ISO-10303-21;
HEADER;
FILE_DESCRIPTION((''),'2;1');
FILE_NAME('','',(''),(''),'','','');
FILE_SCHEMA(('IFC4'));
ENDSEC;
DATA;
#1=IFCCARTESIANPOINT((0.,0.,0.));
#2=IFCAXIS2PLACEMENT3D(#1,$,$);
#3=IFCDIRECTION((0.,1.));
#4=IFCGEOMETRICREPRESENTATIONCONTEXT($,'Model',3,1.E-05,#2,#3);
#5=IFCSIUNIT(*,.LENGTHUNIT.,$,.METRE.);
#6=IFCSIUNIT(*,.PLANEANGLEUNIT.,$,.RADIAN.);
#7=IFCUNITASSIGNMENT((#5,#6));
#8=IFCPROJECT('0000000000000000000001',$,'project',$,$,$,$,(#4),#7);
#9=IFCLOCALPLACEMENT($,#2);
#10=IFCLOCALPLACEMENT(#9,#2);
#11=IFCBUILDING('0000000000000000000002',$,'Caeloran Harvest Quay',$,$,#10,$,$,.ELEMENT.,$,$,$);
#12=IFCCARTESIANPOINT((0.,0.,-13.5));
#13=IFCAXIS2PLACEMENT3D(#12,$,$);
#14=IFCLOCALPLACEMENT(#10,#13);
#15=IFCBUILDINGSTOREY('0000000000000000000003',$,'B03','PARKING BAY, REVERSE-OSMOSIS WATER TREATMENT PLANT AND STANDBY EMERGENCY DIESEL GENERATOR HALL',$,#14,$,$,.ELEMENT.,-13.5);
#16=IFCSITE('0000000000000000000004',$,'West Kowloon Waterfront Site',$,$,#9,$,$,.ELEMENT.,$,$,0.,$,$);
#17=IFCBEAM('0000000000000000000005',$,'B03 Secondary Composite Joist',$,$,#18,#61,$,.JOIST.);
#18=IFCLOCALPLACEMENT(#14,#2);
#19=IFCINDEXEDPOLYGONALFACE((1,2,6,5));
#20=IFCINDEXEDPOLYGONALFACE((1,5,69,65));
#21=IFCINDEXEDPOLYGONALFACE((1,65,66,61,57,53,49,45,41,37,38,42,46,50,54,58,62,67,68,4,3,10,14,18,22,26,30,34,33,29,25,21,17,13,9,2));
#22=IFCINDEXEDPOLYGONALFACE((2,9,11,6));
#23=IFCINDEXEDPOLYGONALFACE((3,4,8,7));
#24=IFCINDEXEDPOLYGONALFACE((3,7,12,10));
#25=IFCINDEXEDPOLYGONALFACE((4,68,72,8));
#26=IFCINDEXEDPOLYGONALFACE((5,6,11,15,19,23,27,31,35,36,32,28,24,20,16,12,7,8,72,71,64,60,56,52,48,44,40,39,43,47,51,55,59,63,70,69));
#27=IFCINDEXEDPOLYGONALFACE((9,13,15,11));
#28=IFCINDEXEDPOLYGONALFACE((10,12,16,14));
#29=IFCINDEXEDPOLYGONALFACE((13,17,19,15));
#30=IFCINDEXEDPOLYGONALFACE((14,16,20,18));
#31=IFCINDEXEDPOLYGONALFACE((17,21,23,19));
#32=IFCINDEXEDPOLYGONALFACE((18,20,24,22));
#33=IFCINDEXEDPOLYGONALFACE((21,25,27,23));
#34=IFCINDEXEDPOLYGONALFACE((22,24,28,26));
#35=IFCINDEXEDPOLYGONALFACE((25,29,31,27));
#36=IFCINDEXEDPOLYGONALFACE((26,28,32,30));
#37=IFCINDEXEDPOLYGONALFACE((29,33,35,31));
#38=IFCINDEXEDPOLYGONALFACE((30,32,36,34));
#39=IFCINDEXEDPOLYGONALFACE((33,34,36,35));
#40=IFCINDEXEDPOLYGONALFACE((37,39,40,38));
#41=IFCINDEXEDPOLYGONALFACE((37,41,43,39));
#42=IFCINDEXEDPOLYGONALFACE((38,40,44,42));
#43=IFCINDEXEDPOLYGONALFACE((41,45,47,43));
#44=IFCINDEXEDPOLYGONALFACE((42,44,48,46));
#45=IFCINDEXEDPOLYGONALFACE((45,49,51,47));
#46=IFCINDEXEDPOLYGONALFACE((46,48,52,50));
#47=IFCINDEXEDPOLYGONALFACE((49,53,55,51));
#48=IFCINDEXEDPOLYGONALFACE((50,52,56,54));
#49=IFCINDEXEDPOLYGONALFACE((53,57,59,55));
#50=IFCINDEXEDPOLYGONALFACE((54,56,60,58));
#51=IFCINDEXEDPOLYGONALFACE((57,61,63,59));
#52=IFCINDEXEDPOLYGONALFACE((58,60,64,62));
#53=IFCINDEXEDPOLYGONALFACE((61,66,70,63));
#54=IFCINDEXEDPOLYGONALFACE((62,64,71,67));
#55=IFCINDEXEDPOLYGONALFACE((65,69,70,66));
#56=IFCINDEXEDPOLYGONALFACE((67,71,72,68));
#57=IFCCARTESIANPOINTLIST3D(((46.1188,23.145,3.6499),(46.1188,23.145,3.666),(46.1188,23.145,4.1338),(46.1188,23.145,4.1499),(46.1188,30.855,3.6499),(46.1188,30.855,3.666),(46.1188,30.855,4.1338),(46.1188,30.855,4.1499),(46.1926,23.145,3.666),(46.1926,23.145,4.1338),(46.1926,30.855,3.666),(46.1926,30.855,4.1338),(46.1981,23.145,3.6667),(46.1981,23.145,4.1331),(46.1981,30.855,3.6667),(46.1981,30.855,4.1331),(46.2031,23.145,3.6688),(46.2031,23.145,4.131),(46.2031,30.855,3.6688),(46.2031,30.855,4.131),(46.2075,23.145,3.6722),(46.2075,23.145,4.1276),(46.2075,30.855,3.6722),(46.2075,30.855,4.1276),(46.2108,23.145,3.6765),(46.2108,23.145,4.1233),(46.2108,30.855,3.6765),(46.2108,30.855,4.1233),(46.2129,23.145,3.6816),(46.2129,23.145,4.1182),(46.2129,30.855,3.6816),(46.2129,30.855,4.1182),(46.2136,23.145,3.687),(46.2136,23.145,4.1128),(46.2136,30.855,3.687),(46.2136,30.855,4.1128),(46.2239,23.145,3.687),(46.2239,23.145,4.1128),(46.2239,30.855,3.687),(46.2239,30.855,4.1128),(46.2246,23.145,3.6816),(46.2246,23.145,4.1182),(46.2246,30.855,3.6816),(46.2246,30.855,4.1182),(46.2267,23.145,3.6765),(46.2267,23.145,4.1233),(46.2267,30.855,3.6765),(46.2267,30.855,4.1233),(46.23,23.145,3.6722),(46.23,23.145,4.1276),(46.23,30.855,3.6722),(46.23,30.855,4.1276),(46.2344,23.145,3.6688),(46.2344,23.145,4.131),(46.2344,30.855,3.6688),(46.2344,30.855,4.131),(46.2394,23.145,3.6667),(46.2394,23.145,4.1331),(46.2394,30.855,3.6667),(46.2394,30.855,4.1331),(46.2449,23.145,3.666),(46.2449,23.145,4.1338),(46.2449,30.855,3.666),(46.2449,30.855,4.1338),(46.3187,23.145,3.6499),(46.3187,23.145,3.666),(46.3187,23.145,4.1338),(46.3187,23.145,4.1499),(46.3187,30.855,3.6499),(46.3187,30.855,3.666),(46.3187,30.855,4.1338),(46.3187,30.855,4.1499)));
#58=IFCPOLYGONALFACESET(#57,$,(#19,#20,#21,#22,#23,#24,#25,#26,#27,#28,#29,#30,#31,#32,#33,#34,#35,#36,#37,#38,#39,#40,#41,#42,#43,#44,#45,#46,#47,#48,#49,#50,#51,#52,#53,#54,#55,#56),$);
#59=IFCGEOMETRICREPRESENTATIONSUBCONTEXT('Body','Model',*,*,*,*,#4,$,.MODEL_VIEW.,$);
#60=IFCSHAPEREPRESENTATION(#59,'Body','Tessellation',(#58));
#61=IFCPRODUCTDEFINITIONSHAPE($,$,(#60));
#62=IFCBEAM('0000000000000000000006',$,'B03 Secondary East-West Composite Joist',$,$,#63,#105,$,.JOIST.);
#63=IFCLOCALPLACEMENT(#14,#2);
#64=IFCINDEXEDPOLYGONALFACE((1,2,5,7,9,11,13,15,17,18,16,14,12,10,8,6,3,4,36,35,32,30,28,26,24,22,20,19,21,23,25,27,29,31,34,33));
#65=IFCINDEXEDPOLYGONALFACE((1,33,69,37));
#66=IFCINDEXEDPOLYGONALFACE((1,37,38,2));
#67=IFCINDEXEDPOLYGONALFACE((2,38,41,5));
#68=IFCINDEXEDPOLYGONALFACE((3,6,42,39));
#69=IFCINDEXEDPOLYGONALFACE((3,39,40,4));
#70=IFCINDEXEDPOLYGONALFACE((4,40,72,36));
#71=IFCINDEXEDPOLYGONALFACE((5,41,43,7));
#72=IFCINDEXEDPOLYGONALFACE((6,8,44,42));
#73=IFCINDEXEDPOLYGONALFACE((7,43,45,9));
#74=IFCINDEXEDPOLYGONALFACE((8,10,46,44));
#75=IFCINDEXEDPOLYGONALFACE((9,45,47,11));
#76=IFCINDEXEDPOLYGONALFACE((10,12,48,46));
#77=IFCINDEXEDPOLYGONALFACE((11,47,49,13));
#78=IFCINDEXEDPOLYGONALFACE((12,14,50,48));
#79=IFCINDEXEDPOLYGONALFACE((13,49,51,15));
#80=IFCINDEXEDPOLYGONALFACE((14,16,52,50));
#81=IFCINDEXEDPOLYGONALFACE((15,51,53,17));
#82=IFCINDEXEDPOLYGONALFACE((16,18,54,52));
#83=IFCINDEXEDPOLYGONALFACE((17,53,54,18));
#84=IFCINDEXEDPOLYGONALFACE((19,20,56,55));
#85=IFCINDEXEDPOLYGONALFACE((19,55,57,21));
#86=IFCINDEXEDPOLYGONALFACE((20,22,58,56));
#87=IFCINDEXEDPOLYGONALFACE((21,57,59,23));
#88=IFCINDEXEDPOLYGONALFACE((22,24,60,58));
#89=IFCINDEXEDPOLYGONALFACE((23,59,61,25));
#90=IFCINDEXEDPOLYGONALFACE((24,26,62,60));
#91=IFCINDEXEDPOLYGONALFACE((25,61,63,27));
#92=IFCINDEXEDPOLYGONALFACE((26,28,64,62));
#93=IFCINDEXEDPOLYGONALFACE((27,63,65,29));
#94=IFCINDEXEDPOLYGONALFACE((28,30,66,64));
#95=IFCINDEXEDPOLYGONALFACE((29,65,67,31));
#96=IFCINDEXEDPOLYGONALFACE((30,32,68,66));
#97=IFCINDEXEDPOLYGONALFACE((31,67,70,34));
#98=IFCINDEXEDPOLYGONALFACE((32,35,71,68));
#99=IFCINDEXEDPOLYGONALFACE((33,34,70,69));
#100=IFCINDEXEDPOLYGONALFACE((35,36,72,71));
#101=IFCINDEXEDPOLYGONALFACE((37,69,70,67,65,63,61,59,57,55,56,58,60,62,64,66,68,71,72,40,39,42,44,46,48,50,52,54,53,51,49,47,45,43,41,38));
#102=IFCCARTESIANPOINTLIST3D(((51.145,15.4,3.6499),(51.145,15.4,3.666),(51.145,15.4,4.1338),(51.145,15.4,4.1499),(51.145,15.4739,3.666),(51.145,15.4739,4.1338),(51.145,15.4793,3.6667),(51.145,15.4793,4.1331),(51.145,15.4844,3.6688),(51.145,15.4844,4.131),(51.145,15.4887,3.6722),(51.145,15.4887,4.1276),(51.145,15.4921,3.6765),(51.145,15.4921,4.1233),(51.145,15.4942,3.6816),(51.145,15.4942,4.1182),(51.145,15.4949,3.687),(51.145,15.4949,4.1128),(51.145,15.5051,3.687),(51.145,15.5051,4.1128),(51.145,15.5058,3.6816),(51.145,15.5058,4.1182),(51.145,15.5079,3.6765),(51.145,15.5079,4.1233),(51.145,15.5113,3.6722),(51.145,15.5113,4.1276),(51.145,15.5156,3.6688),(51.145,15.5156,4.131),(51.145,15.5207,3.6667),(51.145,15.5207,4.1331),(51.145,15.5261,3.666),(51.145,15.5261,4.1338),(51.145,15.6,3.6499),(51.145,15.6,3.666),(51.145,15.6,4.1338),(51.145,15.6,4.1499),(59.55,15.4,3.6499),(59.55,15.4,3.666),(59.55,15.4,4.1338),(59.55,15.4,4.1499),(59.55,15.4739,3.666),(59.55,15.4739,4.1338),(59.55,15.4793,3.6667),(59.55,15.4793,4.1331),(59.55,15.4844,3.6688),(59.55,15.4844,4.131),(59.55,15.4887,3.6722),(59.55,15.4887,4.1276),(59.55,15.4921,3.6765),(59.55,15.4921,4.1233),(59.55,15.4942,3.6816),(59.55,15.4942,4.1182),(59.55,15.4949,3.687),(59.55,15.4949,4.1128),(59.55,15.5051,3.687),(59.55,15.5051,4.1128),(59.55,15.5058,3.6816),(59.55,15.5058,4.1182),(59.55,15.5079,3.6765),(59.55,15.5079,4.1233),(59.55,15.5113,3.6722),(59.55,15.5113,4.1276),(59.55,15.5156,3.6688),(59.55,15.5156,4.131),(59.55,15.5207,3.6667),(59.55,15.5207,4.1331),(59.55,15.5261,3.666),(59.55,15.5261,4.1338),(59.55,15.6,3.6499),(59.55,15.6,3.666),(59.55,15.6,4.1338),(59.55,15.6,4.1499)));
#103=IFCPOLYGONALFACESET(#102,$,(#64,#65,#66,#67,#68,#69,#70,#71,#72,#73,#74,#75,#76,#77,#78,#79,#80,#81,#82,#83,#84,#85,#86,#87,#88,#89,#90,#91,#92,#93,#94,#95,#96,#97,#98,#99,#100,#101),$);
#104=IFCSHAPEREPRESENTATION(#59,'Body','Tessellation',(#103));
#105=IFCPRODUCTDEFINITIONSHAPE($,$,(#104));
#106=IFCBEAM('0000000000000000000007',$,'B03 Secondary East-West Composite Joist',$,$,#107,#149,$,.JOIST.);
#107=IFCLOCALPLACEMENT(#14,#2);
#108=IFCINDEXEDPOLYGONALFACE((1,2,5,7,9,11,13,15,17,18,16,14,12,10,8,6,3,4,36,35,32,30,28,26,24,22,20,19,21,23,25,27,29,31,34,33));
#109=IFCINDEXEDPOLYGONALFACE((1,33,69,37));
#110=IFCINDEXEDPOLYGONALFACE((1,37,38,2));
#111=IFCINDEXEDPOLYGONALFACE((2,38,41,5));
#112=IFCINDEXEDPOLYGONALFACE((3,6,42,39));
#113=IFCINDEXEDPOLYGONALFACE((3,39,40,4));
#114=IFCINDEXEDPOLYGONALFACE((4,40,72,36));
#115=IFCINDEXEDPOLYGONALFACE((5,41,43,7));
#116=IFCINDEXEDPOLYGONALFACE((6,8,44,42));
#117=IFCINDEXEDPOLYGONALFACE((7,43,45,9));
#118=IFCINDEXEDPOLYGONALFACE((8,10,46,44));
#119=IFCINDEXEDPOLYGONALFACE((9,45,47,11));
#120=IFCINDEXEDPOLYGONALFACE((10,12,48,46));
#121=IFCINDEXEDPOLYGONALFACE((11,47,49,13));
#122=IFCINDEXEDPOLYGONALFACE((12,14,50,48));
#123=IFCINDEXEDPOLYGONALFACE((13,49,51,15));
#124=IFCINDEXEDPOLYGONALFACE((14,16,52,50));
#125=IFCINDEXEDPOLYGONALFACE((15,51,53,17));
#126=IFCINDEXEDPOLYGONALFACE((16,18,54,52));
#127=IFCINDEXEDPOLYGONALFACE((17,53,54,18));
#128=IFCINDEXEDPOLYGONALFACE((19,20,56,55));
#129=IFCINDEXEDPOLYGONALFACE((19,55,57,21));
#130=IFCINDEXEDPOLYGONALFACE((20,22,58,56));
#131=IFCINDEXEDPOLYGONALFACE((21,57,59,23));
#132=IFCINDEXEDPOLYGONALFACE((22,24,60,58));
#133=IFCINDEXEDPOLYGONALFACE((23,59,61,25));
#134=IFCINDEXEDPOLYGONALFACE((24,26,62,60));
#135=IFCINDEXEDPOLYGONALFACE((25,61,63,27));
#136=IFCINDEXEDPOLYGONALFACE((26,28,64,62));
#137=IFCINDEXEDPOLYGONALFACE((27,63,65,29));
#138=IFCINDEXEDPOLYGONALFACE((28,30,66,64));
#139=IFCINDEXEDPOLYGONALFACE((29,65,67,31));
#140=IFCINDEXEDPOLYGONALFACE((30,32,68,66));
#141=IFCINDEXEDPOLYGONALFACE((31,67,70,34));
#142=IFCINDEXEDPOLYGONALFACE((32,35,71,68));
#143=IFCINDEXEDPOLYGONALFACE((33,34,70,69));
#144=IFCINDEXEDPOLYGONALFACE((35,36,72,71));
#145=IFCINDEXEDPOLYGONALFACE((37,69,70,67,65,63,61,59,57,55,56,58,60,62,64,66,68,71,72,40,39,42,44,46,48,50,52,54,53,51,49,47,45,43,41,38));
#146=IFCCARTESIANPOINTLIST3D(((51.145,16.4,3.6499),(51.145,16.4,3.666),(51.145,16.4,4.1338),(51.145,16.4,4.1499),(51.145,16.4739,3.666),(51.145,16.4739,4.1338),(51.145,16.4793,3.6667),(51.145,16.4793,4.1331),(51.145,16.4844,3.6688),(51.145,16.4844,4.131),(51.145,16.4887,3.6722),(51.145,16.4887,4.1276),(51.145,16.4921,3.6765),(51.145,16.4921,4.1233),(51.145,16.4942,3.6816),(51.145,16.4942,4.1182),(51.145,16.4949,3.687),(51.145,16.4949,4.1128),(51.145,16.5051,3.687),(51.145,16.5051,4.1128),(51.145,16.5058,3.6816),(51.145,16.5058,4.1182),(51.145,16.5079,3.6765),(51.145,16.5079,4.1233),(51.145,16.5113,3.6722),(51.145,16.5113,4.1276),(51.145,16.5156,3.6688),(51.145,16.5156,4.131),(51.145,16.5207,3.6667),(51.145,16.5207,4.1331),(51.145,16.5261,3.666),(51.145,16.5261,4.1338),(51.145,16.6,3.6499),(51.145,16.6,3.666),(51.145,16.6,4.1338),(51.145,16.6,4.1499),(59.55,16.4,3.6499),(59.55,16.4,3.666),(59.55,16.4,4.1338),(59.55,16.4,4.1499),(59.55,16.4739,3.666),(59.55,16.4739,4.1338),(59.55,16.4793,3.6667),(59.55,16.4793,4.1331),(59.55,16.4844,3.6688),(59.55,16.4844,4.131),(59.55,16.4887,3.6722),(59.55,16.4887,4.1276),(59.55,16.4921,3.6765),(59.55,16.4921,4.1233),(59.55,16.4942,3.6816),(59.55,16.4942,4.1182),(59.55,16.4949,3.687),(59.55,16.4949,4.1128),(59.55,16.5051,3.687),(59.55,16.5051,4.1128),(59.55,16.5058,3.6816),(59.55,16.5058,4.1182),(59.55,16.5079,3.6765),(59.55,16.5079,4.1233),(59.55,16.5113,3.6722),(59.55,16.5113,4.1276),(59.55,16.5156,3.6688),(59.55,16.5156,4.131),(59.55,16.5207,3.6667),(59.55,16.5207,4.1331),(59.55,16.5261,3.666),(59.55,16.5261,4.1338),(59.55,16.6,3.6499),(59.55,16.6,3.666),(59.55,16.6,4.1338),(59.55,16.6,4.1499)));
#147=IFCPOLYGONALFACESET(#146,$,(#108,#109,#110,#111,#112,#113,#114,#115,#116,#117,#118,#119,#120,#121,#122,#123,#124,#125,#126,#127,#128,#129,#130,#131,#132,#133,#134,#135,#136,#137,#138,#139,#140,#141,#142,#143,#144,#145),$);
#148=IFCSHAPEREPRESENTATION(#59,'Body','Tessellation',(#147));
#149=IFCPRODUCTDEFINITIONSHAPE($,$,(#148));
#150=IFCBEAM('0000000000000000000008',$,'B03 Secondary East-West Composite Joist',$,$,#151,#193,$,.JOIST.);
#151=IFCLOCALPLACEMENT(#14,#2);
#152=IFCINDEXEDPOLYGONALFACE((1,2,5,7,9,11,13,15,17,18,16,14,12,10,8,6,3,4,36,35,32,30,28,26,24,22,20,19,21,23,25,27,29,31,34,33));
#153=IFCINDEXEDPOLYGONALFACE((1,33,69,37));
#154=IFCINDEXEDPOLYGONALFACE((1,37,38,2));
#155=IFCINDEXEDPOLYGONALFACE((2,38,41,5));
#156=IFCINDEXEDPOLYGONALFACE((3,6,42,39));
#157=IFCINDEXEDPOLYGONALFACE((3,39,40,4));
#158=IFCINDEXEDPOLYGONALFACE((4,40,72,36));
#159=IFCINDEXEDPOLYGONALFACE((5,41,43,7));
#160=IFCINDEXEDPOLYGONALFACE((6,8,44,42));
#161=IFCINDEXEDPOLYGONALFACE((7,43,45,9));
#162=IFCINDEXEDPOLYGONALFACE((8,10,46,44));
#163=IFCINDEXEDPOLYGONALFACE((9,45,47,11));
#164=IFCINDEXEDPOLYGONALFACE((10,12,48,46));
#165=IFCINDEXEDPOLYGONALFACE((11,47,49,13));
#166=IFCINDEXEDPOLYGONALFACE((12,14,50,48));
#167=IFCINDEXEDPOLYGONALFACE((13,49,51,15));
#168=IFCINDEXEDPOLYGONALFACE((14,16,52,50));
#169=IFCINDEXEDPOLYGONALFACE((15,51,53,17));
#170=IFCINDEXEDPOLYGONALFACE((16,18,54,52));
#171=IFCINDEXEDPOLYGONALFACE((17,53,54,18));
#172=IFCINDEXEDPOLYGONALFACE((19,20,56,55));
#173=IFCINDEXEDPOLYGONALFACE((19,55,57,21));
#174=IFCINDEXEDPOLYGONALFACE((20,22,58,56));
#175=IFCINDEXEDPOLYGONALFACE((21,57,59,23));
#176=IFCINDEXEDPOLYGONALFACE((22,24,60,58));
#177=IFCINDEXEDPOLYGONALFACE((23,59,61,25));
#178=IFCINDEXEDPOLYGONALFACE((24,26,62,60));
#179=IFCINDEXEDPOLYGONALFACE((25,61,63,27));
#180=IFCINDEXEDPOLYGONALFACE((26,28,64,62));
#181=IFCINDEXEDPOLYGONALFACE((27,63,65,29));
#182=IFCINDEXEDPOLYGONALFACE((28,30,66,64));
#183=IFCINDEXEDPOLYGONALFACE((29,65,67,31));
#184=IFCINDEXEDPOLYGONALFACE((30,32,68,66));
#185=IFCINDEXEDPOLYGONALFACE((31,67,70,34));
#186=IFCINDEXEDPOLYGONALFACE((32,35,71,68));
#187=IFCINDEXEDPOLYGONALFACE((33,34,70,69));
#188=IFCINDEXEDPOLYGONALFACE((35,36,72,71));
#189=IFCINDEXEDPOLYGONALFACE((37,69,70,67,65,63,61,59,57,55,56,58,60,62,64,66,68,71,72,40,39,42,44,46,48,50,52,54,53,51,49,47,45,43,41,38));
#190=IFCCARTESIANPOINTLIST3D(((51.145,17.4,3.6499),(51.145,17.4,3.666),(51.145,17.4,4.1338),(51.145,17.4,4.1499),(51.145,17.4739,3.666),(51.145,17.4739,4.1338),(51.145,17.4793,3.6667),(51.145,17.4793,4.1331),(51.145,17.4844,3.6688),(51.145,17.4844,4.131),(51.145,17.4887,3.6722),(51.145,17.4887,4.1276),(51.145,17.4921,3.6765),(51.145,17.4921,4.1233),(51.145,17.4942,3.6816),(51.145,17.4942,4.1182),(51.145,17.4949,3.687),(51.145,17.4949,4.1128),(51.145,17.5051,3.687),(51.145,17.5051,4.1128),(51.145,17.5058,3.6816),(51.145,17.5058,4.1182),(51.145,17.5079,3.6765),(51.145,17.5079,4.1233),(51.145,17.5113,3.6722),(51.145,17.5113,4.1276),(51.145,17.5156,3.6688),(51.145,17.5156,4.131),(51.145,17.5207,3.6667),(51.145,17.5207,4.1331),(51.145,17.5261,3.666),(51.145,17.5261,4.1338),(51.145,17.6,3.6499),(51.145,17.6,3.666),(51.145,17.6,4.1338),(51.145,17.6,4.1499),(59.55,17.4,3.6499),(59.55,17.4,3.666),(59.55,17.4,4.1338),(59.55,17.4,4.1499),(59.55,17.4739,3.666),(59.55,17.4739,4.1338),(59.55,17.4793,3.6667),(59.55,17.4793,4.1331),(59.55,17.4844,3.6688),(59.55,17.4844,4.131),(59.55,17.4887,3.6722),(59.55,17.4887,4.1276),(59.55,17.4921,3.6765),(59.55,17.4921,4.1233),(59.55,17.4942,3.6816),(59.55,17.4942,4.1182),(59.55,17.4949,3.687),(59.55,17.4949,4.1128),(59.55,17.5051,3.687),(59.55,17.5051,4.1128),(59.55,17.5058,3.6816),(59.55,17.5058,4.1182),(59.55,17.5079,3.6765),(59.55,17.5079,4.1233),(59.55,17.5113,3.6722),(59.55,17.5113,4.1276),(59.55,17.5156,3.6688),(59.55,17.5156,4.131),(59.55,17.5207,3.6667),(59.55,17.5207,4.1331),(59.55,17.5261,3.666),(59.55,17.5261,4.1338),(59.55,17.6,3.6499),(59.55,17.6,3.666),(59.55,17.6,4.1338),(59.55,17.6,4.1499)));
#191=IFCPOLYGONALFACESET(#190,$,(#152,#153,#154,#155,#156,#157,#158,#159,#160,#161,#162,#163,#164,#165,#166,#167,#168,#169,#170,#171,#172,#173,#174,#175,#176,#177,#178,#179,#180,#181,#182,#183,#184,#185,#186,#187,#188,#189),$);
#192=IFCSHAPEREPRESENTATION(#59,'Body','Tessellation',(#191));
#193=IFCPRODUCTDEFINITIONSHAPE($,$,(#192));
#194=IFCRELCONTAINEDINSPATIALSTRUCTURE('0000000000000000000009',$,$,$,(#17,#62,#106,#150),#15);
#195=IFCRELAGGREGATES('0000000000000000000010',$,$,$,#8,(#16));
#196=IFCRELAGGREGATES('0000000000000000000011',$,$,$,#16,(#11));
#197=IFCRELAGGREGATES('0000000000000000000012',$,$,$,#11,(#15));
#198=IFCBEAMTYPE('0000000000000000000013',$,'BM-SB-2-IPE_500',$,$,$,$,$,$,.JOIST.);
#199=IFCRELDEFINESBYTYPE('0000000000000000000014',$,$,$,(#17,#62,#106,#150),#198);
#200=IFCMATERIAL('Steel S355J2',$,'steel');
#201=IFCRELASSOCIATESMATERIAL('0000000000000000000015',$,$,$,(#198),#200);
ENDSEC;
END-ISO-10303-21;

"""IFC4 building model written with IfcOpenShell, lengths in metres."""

from ifc_helpers import new_model, si_unit, direction, frame, origin, origin_2d, place, context, subcontext, project, spatial, i_section, extrude, material, material_profile, profile_set, type_object, element, save


model = new_model("IFC4")

# Units and contexts
model_context = context("Model", 3, precision=1e-05, world=origin(), true_north=direction((0.0, 1.0)))
body_context = subcontext(model_context, "Body", "Model", "MODEL_VIEW")
ifc_project = project(units=[si_unit("LENGTHUNIT", "METRE"), si_unit("PLANEANGLEUNIT", "RADIAN")], contexts=[model_context])

# Site, building, storey
site_placement = place(None, origin())
site = spatial("IfcSite", under=ifc_project, at=site_placement, Name="West Kowloon Waterfront Site", CompositionType="ELEMENT", RefElevation=0.0)
building_placement = place(site_placement, origin())
building = spatial("IfcBuilding", under=site, at=building_placement, Name="Caeloran Harvest Quay", CompositionType="ELEMENT")
storey_placement = place(building_placement, frame((0.0, 0.0, -13.5)))
storey = spatial("IfcBuildingStorey", under=building, at=storey_placement, Name="B03", Description="PARKING BAY, REVERSE-OSMOSIS WATER TREATMENT PLANT AND STANDBY EMERGENCY DIESEL GENERATOR HALL", CompositionType="ELEMENT", Elevation=-13.5)

# Beams
ifc_material_1 = material(Name="Steel S355J2", Category="steel")
ifc_material_profile_1 = material_profile(ifc_material_1, i_section(OverallWidth=0.2, OverallDepth=0.5, WebThickness=0.0103, FlangeThickness=0.0161, FilletRadius=0.021, at=origin_2d()), Name="IPE 500")
ifc_profile_set_1 = profile_set([ifc_material_profile_1], Name="Steel S355J2")
beam_type_1 = type_object("IfcBeamType", Name="BM-SB-2-IPE_500", PredefinedType="JOIST", material=ifc_profile_set_1)
beam_1_placement = place(storey_placement, frame((46.2188, 23.145, 3.8999), z_axis=(0.0, 1.0, 0.0), x_axis=(-1.0, 0.0, 0.0)))
element("IfcBeam", 1, at=beam_1_placement, inside=storey, type_object=beam_type_1, Name="B03 Secondary Composite Joist", PredefinedType="JOIST", context=body_context, shape_type="SweptSolid", body=[
    extrude(i_section(OverallWidth=0.2, OverallDepth=0.5, WebThickness=0.0103, FlangeThickness=0.0161, FilletRadius=0.021, at=origin_2d()), origin(), (0.0, 0.0, 1.0), 7.71),
])
for number, where, z_axis, x_axis, name in (
    (2, (51.145, 15.5, 3.8999), (1.0, 0.0, 0.0), (0.0, 1.0, 0.0), "B03 Secondary East-West Composite Joist"),
    (3, (51.145, 16.5, 3.8999), (1.0, 0.0, 0.0), (0.0, 1.0, 0.0), "B03 Secondary East-West Composite Joist"),
    (4, (51.145, 17.5, 3.8999), (1.0, 0.0, 0.0), (0.0, 1.0, 0.0), "B03 Secondary East-West Composite Joist"),
):
    element("IfcBeam", number, at=place(storey_placement, frame(where, z_axis=z_axis, x_axis=x_axis)), inside=storey, type_object=beam_type_1, Name=name, PredefinedType="JOIST", context=body_context, shape_type="SweptSolid", body=[
        extrude(i_section(OverallWidth=0.2, OverallDepth=0.5, WebThickness=0.0103, FlangeThickness=0.0161, FilletRadius=0.021, at=origin_2d()), origin(), (0.0, 0.0, 1.0), 8.405),
    ])

save(model, "model.ifc")
